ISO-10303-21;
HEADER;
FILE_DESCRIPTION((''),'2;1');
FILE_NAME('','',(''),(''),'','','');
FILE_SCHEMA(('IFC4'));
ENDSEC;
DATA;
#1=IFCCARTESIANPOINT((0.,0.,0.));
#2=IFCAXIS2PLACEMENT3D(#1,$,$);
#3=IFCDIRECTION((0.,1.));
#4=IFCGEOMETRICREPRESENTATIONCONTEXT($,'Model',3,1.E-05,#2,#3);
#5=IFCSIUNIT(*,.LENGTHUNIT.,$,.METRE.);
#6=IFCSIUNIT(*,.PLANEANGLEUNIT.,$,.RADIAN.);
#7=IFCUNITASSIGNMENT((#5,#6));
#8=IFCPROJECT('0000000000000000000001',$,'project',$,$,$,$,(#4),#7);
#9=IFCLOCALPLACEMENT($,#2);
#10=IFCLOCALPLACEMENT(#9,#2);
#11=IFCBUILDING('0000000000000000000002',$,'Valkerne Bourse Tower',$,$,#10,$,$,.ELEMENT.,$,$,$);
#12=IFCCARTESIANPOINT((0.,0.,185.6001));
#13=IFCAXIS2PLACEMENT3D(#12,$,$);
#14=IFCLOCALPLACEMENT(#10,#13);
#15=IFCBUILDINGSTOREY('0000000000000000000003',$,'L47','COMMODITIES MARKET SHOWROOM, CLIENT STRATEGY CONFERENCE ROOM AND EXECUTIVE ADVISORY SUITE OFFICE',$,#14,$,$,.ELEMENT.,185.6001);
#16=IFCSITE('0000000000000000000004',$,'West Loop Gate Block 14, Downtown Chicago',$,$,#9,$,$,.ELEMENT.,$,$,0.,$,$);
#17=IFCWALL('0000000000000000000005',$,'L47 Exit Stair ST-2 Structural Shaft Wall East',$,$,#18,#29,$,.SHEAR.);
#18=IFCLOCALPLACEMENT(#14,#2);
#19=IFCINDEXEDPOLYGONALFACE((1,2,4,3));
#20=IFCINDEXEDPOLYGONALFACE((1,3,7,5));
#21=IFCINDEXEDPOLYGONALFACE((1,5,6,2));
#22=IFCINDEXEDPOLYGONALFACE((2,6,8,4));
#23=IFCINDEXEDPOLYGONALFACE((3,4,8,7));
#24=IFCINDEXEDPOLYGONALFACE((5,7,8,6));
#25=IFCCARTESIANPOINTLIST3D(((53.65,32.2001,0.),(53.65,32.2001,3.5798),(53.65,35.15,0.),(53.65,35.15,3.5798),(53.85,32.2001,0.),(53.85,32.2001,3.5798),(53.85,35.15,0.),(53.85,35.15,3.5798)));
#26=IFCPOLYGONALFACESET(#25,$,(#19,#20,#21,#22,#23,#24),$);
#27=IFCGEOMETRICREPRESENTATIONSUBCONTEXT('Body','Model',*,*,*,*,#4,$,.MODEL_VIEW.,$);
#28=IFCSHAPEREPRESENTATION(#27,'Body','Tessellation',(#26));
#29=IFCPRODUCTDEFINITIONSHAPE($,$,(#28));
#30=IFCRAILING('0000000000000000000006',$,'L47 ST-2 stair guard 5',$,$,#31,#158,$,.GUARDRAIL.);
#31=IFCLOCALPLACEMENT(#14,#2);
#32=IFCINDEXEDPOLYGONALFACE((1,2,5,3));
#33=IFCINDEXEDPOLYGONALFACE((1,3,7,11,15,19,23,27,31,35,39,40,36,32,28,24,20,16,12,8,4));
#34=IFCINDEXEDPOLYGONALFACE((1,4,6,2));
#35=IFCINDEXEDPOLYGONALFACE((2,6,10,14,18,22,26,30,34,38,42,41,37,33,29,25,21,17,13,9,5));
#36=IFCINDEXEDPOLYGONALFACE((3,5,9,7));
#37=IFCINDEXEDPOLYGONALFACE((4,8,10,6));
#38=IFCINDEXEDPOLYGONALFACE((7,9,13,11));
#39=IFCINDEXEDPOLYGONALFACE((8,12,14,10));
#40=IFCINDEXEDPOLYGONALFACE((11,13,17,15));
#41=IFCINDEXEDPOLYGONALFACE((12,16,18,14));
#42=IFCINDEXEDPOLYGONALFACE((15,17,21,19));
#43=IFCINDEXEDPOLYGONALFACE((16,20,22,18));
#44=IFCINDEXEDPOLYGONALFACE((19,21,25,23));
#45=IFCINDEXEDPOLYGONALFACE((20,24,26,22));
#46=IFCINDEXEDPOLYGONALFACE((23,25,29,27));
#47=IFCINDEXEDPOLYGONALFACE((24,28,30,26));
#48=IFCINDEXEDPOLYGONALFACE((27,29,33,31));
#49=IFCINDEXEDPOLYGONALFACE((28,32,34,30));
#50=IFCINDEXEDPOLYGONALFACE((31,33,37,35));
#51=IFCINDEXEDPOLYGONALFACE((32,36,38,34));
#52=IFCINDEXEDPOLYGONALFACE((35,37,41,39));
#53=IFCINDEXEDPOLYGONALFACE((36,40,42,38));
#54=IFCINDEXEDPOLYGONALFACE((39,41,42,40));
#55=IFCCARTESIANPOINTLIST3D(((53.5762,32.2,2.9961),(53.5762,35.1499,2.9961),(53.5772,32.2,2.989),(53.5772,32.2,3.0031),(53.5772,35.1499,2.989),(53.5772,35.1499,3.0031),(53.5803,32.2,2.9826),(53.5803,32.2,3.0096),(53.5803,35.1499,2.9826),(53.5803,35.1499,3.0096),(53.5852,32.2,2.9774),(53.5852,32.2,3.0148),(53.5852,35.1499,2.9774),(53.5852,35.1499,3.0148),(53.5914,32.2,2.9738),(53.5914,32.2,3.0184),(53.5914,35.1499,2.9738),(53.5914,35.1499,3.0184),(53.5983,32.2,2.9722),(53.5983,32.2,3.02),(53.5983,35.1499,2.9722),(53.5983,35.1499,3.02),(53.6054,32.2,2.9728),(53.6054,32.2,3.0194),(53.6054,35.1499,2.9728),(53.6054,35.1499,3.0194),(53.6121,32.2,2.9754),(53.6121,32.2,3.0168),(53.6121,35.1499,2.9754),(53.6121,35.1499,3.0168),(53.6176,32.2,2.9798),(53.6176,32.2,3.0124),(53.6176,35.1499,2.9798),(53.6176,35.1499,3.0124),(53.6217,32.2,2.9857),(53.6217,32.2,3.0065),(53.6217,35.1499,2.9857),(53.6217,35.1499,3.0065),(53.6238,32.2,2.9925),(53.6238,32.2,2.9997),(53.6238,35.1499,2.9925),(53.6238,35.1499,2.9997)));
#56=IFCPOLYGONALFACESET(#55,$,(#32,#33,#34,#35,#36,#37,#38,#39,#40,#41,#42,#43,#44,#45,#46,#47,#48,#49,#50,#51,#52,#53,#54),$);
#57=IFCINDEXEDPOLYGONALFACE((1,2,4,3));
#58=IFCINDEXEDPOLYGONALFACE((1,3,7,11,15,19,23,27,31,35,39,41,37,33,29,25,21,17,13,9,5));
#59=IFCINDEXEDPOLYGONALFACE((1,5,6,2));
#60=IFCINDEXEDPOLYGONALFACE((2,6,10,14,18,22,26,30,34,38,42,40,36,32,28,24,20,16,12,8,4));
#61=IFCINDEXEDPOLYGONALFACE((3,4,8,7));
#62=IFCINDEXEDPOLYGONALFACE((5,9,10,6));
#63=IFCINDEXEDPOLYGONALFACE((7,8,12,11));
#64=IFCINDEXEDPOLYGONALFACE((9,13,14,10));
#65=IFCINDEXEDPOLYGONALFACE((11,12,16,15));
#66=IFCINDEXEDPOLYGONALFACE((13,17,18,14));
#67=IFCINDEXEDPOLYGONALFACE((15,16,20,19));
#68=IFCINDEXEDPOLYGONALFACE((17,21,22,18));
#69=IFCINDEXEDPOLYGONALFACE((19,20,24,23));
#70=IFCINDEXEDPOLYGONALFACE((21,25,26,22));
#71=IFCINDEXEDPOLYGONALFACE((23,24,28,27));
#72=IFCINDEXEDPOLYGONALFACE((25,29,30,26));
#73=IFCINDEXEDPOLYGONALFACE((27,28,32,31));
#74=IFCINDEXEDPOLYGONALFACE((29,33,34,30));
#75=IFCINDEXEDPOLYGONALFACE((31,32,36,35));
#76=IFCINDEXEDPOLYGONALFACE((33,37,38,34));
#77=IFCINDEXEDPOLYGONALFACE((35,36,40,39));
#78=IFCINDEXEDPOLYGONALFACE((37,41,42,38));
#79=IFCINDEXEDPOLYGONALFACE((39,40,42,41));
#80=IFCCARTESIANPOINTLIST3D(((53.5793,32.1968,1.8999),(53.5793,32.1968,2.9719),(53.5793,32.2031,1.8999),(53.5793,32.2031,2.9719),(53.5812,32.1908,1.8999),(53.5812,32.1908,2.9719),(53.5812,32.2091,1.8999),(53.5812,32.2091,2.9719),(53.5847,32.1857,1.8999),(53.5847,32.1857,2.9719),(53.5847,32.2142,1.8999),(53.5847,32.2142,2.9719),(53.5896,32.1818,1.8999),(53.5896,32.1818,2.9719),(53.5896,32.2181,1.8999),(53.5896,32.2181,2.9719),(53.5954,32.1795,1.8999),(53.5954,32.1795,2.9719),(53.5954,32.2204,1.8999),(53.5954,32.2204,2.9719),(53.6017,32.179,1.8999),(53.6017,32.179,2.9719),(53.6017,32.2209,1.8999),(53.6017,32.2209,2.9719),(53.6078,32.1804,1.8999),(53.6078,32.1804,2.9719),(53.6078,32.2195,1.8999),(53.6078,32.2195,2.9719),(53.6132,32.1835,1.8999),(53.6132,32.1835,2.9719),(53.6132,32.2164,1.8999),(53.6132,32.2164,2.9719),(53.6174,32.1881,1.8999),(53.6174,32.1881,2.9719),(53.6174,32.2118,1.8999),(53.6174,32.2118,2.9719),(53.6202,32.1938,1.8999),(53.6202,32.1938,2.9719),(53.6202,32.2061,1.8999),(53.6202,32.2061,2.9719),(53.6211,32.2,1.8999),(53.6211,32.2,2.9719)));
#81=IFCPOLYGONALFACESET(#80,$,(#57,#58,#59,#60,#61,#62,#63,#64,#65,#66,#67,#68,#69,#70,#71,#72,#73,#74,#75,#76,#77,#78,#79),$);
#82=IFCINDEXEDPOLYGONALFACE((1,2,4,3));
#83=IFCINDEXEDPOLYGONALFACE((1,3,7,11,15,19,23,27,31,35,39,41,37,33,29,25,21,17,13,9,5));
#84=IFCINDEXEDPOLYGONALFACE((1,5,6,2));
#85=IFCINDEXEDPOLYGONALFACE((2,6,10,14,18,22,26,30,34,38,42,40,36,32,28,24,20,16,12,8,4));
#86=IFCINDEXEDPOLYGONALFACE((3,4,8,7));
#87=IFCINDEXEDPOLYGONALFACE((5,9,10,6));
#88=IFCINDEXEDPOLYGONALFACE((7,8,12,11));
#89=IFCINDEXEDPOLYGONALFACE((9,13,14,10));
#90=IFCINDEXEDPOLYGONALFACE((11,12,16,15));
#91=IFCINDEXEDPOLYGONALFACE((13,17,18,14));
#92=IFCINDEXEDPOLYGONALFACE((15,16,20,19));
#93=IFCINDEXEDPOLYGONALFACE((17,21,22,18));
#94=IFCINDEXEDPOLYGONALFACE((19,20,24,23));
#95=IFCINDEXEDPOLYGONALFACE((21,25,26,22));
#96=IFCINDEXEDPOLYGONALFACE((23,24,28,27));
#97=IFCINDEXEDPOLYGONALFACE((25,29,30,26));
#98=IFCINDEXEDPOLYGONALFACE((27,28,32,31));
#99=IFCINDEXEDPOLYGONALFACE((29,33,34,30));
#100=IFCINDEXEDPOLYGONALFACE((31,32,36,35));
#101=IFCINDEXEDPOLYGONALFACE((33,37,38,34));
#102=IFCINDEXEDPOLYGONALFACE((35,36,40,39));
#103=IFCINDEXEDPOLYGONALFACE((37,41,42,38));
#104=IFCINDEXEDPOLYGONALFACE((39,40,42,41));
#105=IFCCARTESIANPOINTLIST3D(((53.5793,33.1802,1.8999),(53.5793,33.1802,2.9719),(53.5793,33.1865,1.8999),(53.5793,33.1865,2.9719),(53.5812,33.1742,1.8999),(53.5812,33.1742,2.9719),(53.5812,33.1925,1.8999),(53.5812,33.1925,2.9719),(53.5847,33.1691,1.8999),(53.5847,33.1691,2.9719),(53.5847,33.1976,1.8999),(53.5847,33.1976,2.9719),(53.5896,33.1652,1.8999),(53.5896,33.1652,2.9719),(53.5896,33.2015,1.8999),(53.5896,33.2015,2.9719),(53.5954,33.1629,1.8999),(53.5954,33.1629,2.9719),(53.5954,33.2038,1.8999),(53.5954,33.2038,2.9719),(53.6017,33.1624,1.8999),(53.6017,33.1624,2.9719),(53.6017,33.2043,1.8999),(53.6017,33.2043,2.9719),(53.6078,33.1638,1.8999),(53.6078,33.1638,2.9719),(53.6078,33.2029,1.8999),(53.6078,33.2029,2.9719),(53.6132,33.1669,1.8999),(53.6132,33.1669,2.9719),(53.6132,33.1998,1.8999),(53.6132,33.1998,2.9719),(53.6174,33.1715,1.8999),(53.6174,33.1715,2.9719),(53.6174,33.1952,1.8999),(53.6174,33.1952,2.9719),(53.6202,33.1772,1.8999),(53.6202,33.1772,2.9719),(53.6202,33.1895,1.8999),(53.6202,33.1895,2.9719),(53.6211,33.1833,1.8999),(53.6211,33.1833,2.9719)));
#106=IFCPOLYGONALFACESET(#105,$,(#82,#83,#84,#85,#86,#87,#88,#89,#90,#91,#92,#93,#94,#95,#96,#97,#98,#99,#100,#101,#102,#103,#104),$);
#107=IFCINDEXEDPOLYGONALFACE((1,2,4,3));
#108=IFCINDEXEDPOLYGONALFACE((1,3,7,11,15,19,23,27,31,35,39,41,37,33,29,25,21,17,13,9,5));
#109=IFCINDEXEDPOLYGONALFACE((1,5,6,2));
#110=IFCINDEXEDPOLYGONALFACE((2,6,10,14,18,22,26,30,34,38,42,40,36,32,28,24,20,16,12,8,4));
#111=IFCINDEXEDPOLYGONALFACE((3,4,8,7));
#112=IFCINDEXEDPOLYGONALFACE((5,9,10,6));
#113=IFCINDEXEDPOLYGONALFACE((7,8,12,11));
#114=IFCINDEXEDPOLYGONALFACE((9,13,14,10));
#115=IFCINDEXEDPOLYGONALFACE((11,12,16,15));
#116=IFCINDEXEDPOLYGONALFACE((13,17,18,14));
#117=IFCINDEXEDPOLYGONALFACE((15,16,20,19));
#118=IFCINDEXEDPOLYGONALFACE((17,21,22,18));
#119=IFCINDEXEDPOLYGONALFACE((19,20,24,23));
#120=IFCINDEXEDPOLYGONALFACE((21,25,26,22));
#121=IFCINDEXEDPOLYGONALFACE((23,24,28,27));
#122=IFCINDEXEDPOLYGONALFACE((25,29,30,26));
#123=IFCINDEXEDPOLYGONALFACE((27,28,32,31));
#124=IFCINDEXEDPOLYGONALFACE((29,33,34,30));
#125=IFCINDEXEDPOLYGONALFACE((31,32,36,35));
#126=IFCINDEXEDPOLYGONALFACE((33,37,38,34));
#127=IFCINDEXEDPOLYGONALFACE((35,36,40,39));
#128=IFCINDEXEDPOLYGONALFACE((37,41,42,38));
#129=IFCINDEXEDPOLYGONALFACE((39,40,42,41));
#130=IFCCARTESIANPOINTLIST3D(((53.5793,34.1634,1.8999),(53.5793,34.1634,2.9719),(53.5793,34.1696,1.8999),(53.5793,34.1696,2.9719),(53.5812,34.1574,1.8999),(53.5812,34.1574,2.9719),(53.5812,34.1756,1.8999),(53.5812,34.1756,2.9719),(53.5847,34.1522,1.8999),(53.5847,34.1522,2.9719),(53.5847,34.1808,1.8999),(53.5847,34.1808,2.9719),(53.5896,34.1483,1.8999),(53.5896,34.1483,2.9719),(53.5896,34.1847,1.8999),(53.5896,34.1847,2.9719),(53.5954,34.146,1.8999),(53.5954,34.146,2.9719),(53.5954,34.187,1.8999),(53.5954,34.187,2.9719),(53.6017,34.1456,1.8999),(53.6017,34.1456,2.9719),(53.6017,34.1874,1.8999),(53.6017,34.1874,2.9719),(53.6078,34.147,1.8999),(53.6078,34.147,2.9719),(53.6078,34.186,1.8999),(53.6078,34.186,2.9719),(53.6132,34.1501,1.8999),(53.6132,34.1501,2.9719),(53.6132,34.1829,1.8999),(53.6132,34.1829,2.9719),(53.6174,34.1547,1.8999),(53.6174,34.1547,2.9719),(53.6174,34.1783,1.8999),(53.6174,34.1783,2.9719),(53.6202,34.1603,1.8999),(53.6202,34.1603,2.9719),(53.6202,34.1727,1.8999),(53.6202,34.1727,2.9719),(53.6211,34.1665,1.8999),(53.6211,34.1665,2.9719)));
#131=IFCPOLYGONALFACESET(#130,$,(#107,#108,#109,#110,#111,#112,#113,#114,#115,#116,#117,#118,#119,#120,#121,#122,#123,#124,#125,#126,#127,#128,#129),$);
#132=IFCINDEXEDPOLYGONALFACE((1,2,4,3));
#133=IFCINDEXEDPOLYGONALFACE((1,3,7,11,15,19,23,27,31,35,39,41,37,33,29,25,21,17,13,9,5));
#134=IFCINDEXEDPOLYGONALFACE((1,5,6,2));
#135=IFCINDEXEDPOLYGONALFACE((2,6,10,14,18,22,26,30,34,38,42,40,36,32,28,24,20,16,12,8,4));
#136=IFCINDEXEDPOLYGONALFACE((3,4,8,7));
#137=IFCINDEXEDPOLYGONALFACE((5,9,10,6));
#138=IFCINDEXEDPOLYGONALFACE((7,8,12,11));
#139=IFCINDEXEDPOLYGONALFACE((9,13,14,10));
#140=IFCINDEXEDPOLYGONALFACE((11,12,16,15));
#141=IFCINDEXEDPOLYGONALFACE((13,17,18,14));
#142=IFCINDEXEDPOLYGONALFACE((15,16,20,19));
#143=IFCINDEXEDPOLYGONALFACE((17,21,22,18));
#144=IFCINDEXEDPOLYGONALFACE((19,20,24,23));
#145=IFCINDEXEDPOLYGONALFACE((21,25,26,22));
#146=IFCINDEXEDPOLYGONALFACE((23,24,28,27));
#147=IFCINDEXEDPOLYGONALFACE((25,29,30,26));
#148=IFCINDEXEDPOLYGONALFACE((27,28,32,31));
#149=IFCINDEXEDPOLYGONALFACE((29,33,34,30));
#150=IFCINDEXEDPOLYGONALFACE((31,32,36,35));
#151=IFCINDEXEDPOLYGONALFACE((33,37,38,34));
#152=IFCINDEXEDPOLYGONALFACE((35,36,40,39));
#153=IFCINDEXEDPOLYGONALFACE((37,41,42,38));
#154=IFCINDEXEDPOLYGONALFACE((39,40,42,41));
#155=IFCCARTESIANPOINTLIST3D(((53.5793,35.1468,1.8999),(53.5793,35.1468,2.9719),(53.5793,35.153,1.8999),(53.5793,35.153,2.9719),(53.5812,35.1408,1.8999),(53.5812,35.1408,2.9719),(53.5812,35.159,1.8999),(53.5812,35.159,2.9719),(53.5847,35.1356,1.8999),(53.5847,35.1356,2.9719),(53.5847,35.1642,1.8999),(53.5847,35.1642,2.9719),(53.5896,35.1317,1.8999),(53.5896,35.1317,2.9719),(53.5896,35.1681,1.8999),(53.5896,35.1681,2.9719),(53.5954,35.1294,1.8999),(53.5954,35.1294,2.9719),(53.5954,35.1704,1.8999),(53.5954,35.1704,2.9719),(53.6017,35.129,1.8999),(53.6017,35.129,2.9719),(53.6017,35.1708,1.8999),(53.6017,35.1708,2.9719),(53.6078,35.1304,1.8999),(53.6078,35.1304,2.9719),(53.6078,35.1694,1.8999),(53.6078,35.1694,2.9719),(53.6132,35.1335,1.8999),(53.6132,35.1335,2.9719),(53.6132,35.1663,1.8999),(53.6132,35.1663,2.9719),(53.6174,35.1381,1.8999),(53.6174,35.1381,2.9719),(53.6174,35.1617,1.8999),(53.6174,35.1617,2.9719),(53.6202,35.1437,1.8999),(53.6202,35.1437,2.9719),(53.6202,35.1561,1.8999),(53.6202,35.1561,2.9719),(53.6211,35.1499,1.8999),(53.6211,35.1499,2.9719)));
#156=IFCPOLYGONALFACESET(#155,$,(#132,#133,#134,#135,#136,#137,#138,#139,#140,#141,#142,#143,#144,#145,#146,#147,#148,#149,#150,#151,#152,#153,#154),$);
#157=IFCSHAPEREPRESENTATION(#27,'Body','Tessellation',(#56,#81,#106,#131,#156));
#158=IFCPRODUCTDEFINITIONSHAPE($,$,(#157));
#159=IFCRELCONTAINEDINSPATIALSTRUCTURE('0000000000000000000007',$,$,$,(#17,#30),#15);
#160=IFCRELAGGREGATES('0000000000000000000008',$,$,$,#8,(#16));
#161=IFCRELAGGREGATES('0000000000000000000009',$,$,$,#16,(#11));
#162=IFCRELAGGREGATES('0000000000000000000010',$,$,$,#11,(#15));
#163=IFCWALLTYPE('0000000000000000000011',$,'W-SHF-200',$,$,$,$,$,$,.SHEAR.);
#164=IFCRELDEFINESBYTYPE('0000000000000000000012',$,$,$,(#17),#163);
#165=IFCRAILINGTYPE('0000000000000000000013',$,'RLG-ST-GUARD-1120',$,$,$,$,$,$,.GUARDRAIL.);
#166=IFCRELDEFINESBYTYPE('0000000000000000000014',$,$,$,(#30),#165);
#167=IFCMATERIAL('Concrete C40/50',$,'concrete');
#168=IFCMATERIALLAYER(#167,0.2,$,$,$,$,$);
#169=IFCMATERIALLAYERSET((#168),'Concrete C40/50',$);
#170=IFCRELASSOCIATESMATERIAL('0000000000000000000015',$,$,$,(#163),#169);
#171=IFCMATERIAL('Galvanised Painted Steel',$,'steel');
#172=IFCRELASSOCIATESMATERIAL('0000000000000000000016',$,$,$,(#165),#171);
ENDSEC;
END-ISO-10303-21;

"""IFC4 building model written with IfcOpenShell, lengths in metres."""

from ifc_helpers import new_model, si_unit, direction, frame, frame_2d, origin, origin_2d, place, context, subcontext, project, spatial, rectangle, circle, extrude, material, layer, layer_set, type_object, element, save


model = new_model("IFC4")

# Units and contexts
model_context = context("Model", 3, precision=1e-05, world=origin(), true_north=direction((0.0, 1.0)))
body_context = subcontext(model_context, "Body", "Model", "MODEL_VIEW")
ifc_project = project(units=[si_unit("LENGTHUNIT", "METRE"), si_unit("PLANEANGLEUNIT", "RADIAN")], contexts=[model_context])

# Site, building, storey
site_placement = place(None, origin())
site = spatial("IfcSite", under=ifc_project, at=site_placement, Name="West Loop Gate Block 14, Downtown Chicago", CompositionType="ELEMENT", RefElevation=0.0)
building_placement = place(site_placement, origin())
building = spatial("IfcBuilding", under=site, at=building_placement, Name="Valkerne Bourse Tower", CompositionType="ELEMENT")
storey_placement = place(building_placement, frame((0.0, 0.0, 185.6001)))
storey = spatial("IfcBuildingStorey", under=building, at=storey_placement, Name="L47", Description="COMMODITIES MARKET SHOWROOM, CLIENT STRATEGY CONFERENCE ROOM AND EXECUTIVE ADVISORY SUITE OFFICE", CompositionType="ELEMENT", Elevation=185.6001)

# Wall
ifc_material_1 = material(Name="Concrete C40/50", Category="concrete")
ifc_layer_1 = layer(ifc_material_1, 0.2)
ifc_layer_set_1 = layer_set([ifc_layer_1], Name="Concrete C40/50")
wall_type_1 = type_object("IfcWallType", Name="W-SHF-200", PredefinedType="SHEAR", material=ifc_layer_set_1)
wall_1_placement = place(storey_placement, frame((53.75, 32.2, 0.0), z_axis=(0.0, 0.0, 1.0), x_axis=(0.0, 1.0, 0.0)))
element("IfcWall", 1, at=wall_1_placement, inside=storey, type_object=wall_type_1, Name="L47 Exit Stair ST-2 Structural Shaft Wall East", PredefinedType="SHEAR", context=body_context, shape_type="SweptSolid", body=[
    extrude(rectangle(XDim=2.95, YDim=0.2, at=frame_2d((1.4751, 0.0))), origin(), (0.0, 0.0, 1.0), 3.5798),
])

# Railing
ifc_material_2 = material(Name="Galvanised Painted Steel", Category="steel")
railing_type = type_object("IfcRailingType", Name="RLG-ST-GUARD-1120", PredefinedType="GUARDRAIL", material=ifc_material_2)
railing_1_placement = place(storey_placement, frame((53.6001, 32.2, 1.8999)))
element("IfcRailing", 2, at=railing_1_placement, inside=storey, type_object=railing_type, Name="L47 ST-2 stair guard 5", PredefinedType="GUARDRAIL", context=body_context, shape_type="SweptSolid", body=[
    extrude(circle(Radius=0.0239, at=origin_2d()), frame((0.0, 0.0, 1.0962), z_axis=(0.0, 1.0, 0.0), x_axis=(-1.0, 0.0, 0.0)), (0.0, 0.0, 1.0), 2.95),
    extrude(circle(Radius=0.021, at=origin_2d()), origin(), (0.0, 0.0, 1.0), 1.072),
    extrude(circle(Radius=0.021, at=origin_2d()), frame((0.0, 0.9834, 0.0)), (0.0, 0.0, 1.0), 1.072),
    extrude(circle(Radius=0.021, at=origin_2d()), frame((0.0, 1.9666, 0.0)), (0.0, 0.0, 1.0), 1.072),
    extrude(circle(Radius=0.021, at=origin_2d()), frame((0.0, 2.95, 0.0)), (0.0, 0.0, 1.0), 1.072),
])

save(model, "model.ifc")
